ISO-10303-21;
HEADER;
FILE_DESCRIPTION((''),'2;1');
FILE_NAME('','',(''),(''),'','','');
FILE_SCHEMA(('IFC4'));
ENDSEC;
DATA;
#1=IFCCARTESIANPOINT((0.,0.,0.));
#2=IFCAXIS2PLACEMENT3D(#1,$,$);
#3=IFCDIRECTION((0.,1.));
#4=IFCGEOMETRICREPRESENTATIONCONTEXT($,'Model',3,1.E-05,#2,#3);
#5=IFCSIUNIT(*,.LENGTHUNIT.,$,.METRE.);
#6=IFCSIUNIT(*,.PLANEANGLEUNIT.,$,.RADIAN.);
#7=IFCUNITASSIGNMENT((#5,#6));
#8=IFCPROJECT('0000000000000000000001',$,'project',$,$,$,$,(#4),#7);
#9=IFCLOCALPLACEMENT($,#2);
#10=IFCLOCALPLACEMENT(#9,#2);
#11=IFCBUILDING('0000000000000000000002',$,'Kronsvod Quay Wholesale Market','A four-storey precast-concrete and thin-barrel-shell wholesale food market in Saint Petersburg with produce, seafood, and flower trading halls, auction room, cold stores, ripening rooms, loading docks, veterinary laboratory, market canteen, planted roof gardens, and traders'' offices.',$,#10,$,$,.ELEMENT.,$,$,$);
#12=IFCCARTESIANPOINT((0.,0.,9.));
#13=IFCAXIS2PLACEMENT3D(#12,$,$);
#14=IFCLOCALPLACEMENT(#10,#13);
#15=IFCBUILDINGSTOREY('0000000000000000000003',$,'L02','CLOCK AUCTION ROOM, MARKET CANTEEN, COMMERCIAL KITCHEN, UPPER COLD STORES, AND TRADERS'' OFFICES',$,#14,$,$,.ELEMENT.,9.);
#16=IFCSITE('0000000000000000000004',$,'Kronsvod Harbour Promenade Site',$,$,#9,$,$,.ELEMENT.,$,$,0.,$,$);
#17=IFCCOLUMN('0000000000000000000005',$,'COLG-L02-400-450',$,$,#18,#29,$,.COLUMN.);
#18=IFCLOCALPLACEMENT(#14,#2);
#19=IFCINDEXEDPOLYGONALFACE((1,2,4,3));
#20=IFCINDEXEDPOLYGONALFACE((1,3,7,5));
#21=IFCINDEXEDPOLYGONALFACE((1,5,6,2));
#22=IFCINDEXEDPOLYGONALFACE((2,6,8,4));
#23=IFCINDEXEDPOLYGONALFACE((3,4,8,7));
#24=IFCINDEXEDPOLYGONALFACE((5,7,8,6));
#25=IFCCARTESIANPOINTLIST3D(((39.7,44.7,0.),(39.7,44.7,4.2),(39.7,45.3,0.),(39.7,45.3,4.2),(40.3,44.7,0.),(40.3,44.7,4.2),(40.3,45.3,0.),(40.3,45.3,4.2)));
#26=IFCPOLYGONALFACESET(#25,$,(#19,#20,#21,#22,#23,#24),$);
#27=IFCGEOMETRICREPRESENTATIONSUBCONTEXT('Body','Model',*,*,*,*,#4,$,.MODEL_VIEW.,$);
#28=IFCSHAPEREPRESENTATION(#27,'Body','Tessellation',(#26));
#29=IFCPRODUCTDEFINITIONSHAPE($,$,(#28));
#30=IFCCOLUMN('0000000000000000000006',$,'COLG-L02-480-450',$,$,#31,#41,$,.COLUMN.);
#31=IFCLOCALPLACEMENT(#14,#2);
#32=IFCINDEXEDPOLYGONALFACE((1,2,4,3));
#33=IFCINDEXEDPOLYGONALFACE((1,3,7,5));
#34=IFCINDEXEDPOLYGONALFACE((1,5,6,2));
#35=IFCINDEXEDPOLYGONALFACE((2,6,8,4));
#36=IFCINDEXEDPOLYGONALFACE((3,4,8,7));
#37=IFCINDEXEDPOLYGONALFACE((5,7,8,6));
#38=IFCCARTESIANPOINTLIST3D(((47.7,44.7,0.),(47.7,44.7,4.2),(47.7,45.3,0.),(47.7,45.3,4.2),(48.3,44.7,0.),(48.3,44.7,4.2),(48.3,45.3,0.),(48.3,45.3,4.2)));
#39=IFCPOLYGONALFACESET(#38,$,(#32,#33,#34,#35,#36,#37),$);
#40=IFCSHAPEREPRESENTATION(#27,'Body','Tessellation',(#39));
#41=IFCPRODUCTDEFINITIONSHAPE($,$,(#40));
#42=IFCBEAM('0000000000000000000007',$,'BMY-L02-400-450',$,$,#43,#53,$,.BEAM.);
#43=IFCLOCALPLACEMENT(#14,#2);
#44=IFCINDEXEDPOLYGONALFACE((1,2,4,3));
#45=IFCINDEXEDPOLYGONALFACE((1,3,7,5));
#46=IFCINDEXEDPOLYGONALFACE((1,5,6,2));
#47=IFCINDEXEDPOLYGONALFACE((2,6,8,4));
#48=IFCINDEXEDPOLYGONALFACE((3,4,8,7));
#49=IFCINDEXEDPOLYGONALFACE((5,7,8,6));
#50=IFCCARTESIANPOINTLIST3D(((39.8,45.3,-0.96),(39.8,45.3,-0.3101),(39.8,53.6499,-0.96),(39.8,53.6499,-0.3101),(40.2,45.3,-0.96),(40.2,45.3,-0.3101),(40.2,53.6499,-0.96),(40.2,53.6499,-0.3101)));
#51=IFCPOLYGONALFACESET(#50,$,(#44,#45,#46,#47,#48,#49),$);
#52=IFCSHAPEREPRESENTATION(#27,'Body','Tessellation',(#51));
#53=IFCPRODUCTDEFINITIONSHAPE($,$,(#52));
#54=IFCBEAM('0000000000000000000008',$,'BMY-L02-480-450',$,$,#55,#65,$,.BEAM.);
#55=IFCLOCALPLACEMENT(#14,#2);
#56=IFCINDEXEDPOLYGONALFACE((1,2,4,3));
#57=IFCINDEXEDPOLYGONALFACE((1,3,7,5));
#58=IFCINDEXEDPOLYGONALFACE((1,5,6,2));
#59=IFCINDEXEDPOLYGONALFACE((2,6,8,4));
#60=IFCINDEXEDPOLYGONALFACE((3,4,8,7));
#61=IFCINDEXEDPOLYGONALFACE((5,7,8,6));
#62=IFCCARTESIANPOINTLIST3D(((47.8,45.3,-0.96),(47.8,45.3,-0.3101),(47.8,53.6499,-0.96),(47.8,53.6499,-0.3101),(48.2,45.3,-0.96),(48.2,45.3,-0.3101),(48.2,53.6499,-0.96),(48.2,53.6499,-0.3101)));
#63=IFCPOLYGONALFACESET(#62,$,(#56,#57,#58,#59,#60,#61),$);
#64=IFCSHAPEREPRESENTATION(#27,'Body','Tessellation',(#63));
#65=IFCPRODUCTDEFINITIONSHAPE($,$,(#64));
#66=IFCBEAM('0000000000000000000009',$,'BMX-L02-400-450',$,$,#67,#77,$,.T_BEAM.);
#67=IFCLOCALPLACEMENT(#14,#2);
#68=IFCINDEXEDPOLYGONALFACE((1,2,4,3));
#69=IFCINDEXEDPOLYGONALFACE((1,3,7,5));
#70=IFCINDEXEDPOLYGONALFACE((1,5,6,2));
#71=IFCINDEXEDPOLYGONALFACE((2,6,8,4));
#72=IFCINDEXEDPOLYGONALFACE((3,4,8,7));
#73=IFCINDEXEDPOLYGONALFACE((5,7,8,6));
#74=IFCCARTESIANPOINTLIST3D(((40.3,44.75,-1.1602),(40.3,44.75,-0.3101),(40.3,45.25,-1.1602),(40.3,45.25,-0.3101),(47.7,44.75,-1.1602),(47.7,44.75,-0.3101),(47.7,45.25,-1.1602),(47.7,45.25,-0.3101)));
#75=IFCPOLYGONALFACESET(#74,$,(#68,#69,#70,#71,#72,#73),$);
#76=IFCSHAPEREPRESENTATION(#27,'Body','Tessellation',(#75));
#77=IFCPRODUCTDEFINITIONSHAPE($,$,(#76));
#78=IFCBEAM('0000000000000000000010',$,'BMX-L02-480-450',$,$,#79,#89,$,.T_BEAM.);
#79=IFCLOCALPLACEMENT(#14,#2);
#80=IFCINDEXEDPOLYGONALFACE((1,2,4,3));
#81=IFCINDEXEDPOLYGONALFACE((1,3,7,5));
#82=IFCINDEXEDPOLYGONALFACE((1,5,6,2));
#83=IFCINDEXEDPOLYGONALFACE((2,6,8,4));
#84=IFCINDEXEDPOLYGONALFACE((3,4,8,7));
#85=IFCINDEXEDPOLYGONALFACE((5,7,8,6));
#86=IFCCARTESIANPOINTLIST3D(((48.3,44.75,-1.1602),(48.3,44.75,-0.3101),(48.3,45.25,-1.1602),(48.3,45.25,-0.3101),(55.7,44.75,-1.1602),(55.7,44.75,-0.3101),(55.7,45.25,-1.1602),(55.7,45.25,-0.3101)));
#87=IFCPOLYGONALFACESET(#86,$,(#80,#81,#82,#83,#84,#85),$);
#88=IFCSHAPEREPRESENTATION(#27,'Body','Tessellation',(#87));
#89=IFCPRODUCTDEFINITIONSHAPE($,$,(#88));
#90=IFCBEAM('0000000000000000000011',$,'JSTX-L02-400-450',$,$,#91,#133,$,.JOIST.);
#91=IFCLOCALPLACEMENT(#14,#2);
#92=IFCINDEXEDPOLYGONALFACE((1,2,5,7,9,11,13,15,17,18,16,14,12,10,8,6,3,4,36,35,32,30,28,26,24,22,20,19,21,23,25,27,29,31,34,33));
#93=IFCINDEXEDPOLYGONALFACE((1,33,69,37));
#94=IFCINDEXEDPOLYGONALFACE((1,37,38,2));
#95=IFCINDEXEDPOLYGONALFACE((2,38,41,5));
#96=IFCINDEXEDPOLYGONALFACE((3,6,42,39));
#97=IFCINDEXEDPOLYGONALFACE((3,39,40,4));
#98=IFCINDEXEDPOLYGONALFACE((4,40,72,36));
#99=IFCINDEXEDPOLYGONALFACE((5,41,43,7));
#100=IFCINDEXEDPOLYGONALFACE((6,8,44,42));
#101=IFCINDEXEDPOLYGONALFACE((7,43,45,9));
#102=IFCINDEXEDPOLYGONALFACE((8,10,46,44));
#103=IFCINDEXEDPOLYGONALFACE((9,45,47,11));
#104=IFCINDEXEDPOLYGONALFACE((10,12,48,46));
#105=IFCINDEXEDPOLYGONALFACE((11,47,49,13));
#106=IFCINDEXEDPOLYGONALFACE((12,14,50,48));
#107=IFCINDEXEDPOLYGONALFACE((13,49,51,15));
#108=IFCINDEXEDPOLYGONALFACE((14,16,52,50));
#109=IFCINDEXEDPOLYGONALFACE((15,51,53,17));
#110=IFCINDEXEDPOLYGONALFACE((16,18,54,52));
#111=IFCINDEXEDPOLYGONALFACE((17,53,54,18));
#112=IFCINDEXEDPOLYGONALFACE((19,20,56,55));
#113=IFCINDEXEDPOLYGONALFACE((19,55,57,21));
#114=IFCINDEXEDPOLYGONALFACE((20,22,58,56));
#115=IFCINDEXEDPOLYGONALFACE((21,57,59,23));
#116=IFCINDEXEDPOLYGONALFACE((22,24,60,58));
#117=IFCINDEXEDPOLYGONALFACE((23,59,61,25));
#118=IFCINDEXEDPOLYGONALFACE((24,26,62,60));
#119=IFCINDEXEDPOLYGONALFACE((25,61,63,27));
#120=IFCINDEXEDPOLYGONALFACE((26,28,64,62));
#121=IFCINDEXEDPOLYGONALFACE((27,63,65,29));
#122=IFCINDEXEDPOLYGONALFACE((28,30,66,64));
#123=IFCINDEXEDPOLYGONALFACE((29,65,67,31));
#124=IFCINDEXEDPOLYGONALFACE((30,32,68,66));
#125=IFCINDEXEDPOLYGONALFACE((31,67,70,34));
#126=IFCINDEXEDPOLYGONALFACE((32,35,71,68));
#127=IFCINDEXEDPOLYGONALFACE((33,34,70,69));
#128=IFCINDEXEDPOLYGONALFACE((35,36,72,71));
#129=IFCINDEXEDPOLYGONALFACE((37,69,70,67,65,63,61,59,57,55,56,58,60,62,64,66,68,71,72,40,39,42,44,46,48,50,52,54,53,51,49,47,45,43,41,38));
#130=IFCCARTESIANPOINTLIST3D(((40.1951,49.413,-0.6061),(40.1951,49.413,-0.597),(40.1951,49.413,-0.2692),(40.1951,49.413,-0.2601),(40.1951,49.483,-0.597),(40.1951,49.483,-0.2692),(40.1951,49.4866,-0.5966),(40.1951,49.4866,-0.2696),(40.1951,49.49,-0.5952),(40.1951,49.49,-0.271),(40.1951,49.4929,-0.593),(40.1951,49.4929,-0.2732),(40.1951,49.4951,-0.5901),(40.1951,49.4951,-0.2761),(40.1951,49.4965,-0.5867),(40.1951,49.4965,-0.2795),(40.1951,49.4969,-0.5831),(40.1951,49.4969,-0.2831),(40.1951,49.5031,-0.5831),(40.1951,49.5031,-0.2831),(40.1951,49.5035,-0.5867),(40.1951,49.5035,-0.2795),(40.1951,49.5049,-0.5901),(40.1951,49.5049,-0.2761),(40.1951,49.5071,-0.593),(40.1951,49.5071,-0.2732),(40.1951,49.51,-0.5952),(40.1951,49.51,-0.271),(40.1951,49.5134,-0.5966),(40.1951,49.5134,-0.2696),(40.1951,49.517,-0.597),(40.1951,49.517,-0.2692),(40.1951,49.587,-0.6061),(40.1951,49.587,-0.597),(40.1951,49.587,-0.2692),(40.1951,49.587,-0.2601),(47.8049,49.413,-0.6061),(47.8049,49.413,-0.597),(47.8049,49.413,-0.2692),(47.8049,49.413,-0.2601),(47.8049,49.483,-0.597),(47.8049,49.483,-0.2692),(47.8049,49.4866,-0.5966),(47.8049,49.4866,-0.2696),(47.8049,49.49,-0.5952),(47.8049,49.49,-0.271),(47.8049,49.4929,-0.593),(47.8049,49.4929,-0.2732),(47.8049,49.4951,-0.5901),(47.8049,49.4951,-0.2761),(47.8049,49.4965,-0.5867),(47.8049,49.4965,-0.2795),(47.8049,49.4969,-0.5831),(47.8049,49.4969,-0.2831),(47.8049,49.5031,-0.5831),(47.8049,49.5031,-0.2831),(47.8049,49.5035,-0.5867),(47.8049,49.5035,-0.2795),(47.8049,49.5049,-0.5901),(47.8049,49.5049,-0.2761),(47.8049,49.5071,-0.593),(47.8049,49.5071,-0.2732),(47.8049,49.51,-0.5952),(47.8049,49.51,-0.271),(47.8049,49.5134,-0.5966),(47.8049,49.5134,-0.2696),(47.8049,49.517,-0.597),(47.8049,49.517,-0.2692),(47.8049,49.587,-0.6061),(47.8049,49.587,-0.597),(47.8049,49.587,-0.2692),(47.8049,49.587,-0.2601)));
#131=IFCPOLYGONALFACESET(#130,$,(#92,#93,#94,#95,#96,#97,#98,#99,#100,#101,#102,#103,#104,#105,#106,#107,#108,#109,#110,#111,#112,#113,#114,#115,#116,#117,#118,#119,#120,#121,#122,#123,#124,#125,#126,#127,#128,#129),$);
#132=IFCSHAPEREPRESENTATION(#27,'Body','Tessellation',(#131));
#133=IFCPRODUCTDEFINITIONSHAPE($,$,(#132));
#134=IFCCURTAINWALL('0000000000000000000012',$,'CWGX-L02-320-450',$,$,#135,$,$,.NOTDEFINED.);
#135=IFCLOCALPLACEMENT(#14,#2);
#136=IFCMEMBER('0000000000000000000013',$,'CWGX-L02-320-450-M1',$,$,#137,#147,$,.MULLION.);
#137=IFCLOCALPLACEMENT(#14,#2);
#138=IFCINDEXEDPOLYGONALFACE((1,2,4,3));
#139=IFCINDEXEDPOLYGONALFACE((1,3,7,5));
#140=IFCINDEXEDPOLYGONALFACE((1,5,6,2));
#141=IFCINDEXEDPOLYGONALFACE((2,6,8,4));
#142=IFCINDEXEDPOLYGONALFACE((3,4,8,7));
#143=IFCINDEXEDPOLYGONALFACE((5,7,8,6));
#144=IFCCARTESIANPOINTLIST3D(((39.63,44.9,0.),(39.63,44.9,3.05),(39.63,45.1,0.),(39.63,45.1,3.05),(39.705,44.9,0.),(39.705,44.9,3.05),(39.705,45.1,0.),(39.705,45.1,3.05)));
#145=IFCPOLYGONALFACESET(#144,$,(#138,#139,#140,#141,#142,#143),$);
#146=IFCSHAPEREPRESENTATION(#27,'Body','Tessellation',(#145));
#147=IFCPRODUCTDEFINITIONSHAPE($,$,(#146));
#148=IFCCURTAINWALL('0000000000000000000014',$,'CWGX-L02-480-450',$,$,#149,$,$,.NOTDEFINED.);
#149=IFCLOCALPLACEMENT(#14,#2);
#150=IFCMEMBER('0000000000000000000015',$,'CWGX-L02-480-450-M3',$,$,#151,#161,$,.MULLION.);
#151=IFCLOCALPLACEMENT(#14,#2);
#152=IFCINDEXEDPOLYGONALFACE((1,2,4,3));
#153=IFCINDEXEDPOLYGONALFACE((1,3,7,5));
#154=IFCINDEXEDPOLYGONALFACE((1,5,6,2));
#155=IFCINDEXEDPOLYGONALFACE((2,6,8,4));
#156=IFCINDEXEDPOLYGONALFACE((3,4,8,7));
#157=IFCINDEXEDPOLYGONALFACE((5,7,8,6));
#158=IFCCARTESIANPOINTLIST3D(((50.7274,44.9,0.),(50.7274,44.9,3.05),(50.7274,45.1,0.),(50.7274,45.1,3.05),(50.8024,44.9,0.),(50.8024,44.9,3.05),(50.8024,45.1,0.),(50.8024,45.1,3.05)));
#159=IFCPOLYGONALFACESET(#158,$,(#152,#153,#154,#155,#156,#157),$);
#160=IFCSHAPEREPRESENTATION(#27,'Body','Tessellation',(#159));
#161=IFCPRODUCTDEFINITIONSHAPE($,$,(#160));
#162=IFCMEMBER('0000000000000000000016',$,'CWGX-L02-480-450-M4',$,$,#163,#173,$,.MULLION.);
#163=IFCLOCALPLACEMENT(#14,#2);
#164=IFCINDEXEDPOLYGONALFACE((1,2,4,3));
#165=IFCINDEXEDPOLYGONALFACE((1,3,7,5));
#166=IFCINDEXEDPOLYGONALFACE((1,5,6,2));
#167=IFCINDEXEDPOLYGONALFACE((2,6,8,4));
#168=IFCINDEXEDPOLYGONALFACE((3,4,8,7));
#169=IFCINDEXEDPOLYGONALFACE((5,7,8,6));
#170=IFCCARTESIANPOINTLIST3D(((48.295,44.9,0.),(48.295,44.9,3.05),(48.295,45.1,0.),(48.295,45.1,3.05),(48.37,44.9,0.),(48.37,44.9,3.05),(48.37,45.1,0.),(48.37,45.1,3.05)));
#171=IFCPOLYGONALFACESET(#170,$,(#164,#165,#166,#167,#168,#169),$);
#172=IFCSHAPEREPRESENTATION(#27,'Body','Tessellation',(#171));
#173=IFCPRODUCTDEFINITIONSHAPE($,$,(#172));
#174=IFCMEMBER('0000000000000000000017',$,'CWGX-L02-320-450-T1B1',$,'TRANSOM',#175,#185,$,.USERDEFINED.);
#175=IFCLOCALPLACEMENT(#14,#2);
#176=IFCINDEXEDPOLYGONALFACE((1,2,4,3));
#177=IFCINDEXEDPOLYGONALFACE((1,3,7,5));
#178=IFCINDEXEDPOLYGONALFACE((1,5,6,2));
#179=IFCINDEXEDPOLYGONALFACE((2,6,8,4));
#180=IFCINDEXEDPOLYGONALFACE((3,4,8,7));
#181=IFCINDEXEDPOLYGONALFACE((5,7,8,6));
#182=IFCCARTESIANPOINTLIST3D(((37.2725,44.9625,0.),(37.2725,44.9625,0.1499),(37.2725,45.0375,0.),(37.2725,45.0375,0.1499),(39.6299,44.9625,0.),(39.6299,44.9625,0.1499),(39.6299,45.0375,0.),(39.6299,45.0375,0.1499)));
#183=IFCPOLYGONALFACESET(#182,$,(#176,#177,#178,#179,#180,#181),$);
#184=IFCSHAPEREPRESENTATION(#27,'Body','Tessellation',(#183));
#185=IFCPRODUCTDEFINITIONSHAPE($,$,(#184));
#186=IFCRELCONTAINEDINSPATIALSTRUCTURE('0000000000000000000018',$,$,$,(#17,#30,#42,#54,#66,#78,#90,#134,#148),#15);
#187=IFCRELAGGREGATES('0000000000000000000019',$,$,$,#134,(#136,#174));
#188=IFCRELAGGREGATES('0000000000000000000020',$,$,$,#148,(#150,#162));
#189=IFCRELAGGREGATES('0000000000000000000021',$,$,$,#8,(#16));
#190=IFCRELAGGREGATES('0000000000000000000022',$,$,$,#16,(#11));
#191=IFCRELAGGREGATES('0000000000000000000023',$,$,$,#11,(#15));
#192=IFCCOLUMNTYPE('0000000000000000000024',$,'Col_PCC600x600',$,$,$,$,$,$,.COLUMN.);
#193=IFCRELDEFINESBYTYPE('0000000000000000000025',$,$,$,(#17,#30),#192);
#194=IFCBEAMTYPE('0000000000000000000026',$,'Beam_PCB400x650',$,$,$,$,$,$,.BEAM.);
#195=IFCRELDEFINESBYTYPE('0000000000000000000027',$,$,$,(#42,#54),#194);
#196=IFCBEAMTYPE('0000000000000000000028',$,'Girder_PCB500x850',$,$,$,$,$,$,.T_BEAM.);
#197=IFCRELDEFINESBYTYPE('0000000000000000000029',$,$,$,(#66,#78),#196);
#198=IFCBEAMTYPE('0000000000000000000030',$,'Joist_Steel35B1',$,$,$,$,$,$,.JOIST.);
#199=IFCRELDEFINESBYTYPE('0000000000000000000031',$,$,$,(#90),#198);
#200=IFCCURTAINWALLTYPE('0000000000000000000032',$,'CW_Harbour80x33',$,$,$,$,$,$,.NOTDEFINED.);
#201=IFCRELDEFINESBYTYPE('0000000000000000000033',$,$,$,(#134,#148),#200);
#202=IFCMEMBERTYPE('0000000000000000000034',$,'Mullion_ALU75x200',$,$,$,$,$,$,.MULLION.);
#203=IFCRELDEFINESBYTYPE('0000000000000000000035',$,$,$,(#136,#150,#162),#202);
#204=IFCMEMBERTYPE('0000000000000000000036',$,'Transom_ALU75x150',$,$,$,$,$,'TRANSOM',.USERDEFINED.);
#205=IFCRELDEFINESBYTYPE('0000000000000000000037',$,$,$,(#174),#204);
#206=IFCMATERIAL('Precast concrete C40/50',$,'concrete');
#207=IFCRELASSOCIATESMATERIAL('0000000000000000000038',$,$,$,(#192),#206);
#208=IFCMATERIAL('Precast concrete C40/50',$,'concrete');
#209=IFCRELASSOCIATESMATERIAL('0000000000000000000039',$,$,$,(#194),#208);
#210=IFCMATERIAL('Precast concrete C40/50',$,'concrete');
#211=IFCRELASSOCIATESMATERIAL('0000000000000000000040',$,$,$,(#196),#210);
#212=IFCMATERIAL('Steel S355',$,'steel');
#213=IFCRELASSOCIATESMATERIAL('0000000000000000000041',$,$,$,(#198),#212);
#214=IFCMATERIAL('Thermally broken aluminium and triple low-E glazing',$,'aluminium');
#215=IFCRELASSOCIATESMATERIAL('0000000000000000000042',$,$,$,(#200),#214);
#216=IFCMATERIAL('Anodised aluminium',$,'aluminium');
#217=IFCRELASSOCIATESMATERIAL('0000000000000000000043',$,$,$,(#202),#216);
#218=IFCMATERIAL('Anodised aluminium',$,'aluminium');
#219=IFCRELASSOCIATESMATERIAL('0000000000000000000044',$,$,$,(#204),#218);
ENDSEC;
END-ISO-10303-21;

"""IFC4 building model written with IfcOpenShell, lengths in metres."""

from ifc_helpers import new_model, si_unit, direction, frame, origin, origin_2d, place, context, subcontext, project, spatial, rectangle, i_section, extrude, material, material_profile, profile_set, type_object, element, aggregate, save


model = new_model("IFC4")

# Units and contexts
model_context = context("Model", 3, precision=1e-05, world=origin(), true_north=direction((0.0, 1.0)))
body_context = subcontext(model_context, "Body", "Model", "MODEL_VIEW")
ifc_project = project(units=[si_unit("LENGTHUNIT", "METRE"), si_unit("PLANEANGLEUNIT", "RADIAN")], contexts=[model_context])

# Site, building, storey
site_placement = place(None, origin())
site = spatial("IfcSite", under=ifc_project, at=site_placement, Name="Kronsvod Harbour Promenade Site", CompositionType="ELEMENT", RefElevation=0.0)
building_placement = place(site_placement, origin())
building = spatial("IfcBuilding", under=site, at=building_placement, Name="Kronsvod Quay Wholesale Market", Description="A four-storey precast-concrete and thin-barrel-shell wholesale food market in Saint Petersburg with produce, seafood, and flower trading halls, auction room, cold stores, ripening rooms, loading docks, veterinary laboratory, market canteen, planted roof gardens, and traders' offices.", CompositionType="ELEMENT")
storey_placement = place(building_placement, frame((0.0, 0.0, 9.0)))
storey = spatial("IfcBuildingStorey", under=building, at=storey_placement, Name="L02", Description="CLOCK AUCTION ROOM, MARKET CANTEEN, COMMERCIAL KITCHEN, UPPER COLD STORES, AND TRADERS' OFFICES", CompositionType="ELEMENT", Elevation=9.0)

# Columns
ifc_material_1 = material(Name="Precast concrete C40/50", Category="concrete")
ifc_material_profile_1 = material_profile(ifc_material_1, rectangle(XDim=0.6001, YDim=0.6001, at=origin_2d()), Name="PCC600x600")
ifc_profile_set_1 = profile_set([ifc_material_profile_1], Name="Precast concrete C40/50")
column_type = type_object("IfcColumnType", Name="Col_PCC600x600", PredefinedType="COLUMN", material=ifc_profile_set_1)
for number, where, z_axis, x_axis, name in (
    (1, (40.0, 45.0, 0.0), (0.0, 0.0, 1.0), (1.0, 0.0, 0.0), "COLG-L02-400-450"),
    (2, (48.0, 45.0, 0.0), (0.0, 0.0, 1.0), (1.0, 0.0, 0.0), "COLG-L02-480-450"),
):
    element("IfcColumn", number, at=place(storey_placement, frame(where, z_axis=z_axis, x_axis=x_axis)), inside=storey, type_object=column_type, Name=name, PredefinedType="COLUMN", context=body_context, shape_type="SweptSolid", body=[
        extrude(rectangle(XDim=0.6001, YDim=0.6001, at=origin_2d()), origin(), (0.0, 0.0, 1.0), 4.2),
    ])

# Beams
ifc_material_2 = material(Name="Precast concrete C40/50", Category="concrete")
ifc_material_profile_2 = material_profile(ifc_material_2, rectangle(XDim=0.3999, YDim=0.6499, at=origin_2d()), Name="PCB400x650")
ifc_profile_set_2 = profile_set([ifc_material_profile_2], Name="Precast concrete C40/50")
beam_type_1 = type_object("IfcBeamType", Name="Beam_PCB400x650", PredefinedType="BEAM", material=ifc_profile_set_2)
for number, where, z_axis, x_axis, name in (
    (3, (40.0, 45.3, -0.635), (0.0, 1.0, 0.0), (-1.0, 0.0, 0.0), "BMY-L02-400-450"),
    (4, (48.0, 45.3, -0.635), (0.0, 1.0, 0.0), (-1.0, 0.0, 0.0), "BMY-L02-480-450"),
):
    element("IfcBeam", number, at=place(storey_placement, frame(where, z_axis=z_axis, x_axis=x_axis)), inside=storey, type_object=beam_type_1, Name=name, PredefinedType="BEAM", context=body_context, shape_type="SweptSolid", body=[
        extrude(rectangle(XDim=0.3999, YDim=0.6499, at=origin_2d()), origin(), (0.0, 0.0, 1.0), 8.3499),
    ])
ifc_material_3 = material(Name="Precast concrete C40/50", Category="concrete")
ifc_material_profile_3 = material_profile(ifc_material_3, rectangle(XDim=0.5, YDim=0.8501, at=origin_2d()), Name="PCB500x850")
ifc_profile_set_3 = profile_set([ifc_material_profile_3], Name="Precast concrete C40/50")
beam_type_2 = type_object("IfcBeamType", Name="Girder_PCB500x850", PredefinedType="T_BEAM", material=ifc_profile_set_3)
for number, where, z_axis, x_axis, name in (
    (5, (40.3, 45.0, -0.7351), (1.0, 0.0, 0.0), (0.0, 1.0, 0.0), "BMX-L02-400-450"),
    (6, (48.3, 45.0, -0.7351), (1.0, 0.0, 0.0), (0.0, 1.0, 0.0), "BMX-L02-480-450"),
):
    element("IfcBeam", number, at=place(storey_placement, frame(where, z_axis=z_axis, x_axis=x_axis)), inside=storey, type_object=beam_type_2, Name=name, PredefinedType="T_BEAM", context=body_context, shape_type="SweptSolid", body=[
        extrude(rectangle(XDim=0.5, YDim=0.8501, at=origin_2d()), origin(), (0.0, 0.0, 1.0), 7.3999),
    ])
ifc_material_4 = material(Name="Steel S355", Category="steel")
ifc_material_profile_4 = material_profile(ifc_material_4, i_section(OverallWidth=0.1741, OverallDepth=0.3459, WebThickness=0.0061, FlangeThickness=0.009, FilletRadius=0.0139, at=origin_2d()), Name="35B1")
ifc_profile_set_4 = profile_set([ifc_material_profile_4], Name="Steel S355")
beam_type_3 = type_object("IfcBeamType", Name="Joist_Steel35B1", PredefinedType="JOIST", material=ifc_profile_set_4)
beam_placement = place(storey_placement, frame((40.1951, 49.5, -0.4331), z_axis=(1.0, 0.0, 0.0), x_axis=(0.0, 1.0, 0.0)))
element("IfcBeam", 7, at=beam_placement, inside=storey, type_object=beam_type_3, Name="JSTX-L02-400-450", PredefinedType="JOIST", context=body_context, shape_type="SweptSolid", body=[
    extrude(i_section(OverallWidth=0.1741, OverallDepth=0.3459, WebThickness=0.0061, FlangeThickness=0.009, FilletRadius=0.0139, at=origin_2d()), origin(), (0.0, 0.0, 1.0), 7.6099),
])

# Curtain wall, member
ifc_material_5 = material(Name="Thermally broken aluminium and triple low-E glazing", Category="aluminium")
curtain_wall_type = type_object("IfcCurtainWallType", Name="CW_Harbour80x33", PredefinedType="NOTDEFINED", material=ifc_material_5)
curtain_wall_1_placement = place(storey_placement, origin())
curtain_wall_1 = element("IfcCurtainWall", 8, at=curtain_wall_1_placement, inside=storey, type_object=curtain_wall_type, Name="CWGX-L02-320-450", PredefinedType="NOTDEFINED")
ifc_material_6 = material(Name="Anodised aluminium", Category="aluminium")
ifc_material_profile_5 = material_profile(ifc_material_6, rectangle(XDim=0.075, YDim=0.2, at=origin_2d()), Name="ALUM75x200")
ifc_profile_set_5 = profile_set([ifc_material_profile_5], Name="Anodised aluminium")
member_type_1 = type_object("IfcMemberType", Name="Mullion_ALU75x200", PredefinedType="MULLION", material=ifc_profile_set_5)
member_1_placement = place(storey_placement, frame((39.6675, 45.0, 0.0), z_axis=(0.0, 0.0, 1.0), x_axis=(1.0, 0.0, 0.0)))
member_1 = element("IfcMember", 9, at=member_1_placement, type_object=member_type_1, Name="CWGX-L02-320-450-M1", PredefinedType="MULLION", context=body_context, shape_type="SweptSolid", body=[
    extrude(rectangle(XDim=0.075, YDim=0.2, at=origin_2d()), origin(), (0.0, 0.0, 1.0), 3.05),
])

# Curtain wall, members
curtain_wall_2_placement = place(storey_placement, origin())
curtain_wall_2 = element("IfcCurtainWall", 10, at=curtain_wall_2_placement, inside=storey, type_object=curtain_wall_type, Name="CWGX-L02-480-450", PredefinedType="NOTDEFINED")
member_2_placement = place(storey_placement, frame((50.7649, 45.0, 0.0), z_axis=(0.0, 0.0, 1.0), x_axis=(1.0, 0.0, 0.0)))
member_2 = element("IfcMember", 11, at=member_2_placement, type_object=member_type_1, Name="CWGX-L02-480-450-M3", PredefinedType="MULLION", context=body_context, shape_type="SweptSolid", body=[
    extrude(rectangle(XDim=0.075, YDim=0.2, at=origin_2d()), origin(), (0.0, 0.0, 1.0), 3.05),
])
member_3_placement = place(storey_placement, frame((48.3325, 45.0, 0.0), z_axis=(0.0, 0.0, 1.0), x_axis=(1.0, 0.0, 0.0)))
member_3 = element("IfcMember", 12, at=member_3_placement, type_object=member_type_1, Name="CWGX-L02-480-450-M4", PredefinedType="MULLION", context=body_context, shape_type="SweptSolid", body=[
    extrude(rectangle(XDim=0.075, YDim=0.2, at=origin_2d()), origin(), (0.0, 0.0, 1.0), 3.05),
])

# Member
ifc_material_7 = material(Name="Anodised aluminium", Category="aluminium")
ifc_material_profile_6 = material_profile(ifc_material_7, rectangle(XDim=0.075, YDim=0.1499, at=origin_2d()), Name="ALUT75x150")
ifc_profile_set_6 = profile_set([ifc_material_profile_6], Name="Anodised aluminium")
member_type_2 = type_object("IfcMemberType", Name="Transom_ALU75x150", ElementType="TRANSOM", PredefinedType="USERDEFINED", material=ifc_profile_set_6)
member_4_placement = place(storey_placement, frame((39.6299, 45.0, 0.075), z_axis=(-1.0, 0.0, 0.0), x_axis=(0.0, -1.0, 0.0)))
member_4 = element("IfcMember", 13, at=member_4_placement, type_object=member_type_2, Name="CWGX-L02-320-450-T1B1", ObjectType="TRANSOM", PredefinedType="USERDEFINED", context=body_context, shape_type="SweptSolid", body=[
    extrude(rectangle(XDim=0.075, YDim=0.1499, at=origin_2d()), origin(), (0.0, 0.0, 1.0), 2.3574),
])

aggregate(curtain_wall_1, [member_1, member_4])
aggregate(curtain_wall_2, [member_2, member_3])

save(model, "model.ifc")
